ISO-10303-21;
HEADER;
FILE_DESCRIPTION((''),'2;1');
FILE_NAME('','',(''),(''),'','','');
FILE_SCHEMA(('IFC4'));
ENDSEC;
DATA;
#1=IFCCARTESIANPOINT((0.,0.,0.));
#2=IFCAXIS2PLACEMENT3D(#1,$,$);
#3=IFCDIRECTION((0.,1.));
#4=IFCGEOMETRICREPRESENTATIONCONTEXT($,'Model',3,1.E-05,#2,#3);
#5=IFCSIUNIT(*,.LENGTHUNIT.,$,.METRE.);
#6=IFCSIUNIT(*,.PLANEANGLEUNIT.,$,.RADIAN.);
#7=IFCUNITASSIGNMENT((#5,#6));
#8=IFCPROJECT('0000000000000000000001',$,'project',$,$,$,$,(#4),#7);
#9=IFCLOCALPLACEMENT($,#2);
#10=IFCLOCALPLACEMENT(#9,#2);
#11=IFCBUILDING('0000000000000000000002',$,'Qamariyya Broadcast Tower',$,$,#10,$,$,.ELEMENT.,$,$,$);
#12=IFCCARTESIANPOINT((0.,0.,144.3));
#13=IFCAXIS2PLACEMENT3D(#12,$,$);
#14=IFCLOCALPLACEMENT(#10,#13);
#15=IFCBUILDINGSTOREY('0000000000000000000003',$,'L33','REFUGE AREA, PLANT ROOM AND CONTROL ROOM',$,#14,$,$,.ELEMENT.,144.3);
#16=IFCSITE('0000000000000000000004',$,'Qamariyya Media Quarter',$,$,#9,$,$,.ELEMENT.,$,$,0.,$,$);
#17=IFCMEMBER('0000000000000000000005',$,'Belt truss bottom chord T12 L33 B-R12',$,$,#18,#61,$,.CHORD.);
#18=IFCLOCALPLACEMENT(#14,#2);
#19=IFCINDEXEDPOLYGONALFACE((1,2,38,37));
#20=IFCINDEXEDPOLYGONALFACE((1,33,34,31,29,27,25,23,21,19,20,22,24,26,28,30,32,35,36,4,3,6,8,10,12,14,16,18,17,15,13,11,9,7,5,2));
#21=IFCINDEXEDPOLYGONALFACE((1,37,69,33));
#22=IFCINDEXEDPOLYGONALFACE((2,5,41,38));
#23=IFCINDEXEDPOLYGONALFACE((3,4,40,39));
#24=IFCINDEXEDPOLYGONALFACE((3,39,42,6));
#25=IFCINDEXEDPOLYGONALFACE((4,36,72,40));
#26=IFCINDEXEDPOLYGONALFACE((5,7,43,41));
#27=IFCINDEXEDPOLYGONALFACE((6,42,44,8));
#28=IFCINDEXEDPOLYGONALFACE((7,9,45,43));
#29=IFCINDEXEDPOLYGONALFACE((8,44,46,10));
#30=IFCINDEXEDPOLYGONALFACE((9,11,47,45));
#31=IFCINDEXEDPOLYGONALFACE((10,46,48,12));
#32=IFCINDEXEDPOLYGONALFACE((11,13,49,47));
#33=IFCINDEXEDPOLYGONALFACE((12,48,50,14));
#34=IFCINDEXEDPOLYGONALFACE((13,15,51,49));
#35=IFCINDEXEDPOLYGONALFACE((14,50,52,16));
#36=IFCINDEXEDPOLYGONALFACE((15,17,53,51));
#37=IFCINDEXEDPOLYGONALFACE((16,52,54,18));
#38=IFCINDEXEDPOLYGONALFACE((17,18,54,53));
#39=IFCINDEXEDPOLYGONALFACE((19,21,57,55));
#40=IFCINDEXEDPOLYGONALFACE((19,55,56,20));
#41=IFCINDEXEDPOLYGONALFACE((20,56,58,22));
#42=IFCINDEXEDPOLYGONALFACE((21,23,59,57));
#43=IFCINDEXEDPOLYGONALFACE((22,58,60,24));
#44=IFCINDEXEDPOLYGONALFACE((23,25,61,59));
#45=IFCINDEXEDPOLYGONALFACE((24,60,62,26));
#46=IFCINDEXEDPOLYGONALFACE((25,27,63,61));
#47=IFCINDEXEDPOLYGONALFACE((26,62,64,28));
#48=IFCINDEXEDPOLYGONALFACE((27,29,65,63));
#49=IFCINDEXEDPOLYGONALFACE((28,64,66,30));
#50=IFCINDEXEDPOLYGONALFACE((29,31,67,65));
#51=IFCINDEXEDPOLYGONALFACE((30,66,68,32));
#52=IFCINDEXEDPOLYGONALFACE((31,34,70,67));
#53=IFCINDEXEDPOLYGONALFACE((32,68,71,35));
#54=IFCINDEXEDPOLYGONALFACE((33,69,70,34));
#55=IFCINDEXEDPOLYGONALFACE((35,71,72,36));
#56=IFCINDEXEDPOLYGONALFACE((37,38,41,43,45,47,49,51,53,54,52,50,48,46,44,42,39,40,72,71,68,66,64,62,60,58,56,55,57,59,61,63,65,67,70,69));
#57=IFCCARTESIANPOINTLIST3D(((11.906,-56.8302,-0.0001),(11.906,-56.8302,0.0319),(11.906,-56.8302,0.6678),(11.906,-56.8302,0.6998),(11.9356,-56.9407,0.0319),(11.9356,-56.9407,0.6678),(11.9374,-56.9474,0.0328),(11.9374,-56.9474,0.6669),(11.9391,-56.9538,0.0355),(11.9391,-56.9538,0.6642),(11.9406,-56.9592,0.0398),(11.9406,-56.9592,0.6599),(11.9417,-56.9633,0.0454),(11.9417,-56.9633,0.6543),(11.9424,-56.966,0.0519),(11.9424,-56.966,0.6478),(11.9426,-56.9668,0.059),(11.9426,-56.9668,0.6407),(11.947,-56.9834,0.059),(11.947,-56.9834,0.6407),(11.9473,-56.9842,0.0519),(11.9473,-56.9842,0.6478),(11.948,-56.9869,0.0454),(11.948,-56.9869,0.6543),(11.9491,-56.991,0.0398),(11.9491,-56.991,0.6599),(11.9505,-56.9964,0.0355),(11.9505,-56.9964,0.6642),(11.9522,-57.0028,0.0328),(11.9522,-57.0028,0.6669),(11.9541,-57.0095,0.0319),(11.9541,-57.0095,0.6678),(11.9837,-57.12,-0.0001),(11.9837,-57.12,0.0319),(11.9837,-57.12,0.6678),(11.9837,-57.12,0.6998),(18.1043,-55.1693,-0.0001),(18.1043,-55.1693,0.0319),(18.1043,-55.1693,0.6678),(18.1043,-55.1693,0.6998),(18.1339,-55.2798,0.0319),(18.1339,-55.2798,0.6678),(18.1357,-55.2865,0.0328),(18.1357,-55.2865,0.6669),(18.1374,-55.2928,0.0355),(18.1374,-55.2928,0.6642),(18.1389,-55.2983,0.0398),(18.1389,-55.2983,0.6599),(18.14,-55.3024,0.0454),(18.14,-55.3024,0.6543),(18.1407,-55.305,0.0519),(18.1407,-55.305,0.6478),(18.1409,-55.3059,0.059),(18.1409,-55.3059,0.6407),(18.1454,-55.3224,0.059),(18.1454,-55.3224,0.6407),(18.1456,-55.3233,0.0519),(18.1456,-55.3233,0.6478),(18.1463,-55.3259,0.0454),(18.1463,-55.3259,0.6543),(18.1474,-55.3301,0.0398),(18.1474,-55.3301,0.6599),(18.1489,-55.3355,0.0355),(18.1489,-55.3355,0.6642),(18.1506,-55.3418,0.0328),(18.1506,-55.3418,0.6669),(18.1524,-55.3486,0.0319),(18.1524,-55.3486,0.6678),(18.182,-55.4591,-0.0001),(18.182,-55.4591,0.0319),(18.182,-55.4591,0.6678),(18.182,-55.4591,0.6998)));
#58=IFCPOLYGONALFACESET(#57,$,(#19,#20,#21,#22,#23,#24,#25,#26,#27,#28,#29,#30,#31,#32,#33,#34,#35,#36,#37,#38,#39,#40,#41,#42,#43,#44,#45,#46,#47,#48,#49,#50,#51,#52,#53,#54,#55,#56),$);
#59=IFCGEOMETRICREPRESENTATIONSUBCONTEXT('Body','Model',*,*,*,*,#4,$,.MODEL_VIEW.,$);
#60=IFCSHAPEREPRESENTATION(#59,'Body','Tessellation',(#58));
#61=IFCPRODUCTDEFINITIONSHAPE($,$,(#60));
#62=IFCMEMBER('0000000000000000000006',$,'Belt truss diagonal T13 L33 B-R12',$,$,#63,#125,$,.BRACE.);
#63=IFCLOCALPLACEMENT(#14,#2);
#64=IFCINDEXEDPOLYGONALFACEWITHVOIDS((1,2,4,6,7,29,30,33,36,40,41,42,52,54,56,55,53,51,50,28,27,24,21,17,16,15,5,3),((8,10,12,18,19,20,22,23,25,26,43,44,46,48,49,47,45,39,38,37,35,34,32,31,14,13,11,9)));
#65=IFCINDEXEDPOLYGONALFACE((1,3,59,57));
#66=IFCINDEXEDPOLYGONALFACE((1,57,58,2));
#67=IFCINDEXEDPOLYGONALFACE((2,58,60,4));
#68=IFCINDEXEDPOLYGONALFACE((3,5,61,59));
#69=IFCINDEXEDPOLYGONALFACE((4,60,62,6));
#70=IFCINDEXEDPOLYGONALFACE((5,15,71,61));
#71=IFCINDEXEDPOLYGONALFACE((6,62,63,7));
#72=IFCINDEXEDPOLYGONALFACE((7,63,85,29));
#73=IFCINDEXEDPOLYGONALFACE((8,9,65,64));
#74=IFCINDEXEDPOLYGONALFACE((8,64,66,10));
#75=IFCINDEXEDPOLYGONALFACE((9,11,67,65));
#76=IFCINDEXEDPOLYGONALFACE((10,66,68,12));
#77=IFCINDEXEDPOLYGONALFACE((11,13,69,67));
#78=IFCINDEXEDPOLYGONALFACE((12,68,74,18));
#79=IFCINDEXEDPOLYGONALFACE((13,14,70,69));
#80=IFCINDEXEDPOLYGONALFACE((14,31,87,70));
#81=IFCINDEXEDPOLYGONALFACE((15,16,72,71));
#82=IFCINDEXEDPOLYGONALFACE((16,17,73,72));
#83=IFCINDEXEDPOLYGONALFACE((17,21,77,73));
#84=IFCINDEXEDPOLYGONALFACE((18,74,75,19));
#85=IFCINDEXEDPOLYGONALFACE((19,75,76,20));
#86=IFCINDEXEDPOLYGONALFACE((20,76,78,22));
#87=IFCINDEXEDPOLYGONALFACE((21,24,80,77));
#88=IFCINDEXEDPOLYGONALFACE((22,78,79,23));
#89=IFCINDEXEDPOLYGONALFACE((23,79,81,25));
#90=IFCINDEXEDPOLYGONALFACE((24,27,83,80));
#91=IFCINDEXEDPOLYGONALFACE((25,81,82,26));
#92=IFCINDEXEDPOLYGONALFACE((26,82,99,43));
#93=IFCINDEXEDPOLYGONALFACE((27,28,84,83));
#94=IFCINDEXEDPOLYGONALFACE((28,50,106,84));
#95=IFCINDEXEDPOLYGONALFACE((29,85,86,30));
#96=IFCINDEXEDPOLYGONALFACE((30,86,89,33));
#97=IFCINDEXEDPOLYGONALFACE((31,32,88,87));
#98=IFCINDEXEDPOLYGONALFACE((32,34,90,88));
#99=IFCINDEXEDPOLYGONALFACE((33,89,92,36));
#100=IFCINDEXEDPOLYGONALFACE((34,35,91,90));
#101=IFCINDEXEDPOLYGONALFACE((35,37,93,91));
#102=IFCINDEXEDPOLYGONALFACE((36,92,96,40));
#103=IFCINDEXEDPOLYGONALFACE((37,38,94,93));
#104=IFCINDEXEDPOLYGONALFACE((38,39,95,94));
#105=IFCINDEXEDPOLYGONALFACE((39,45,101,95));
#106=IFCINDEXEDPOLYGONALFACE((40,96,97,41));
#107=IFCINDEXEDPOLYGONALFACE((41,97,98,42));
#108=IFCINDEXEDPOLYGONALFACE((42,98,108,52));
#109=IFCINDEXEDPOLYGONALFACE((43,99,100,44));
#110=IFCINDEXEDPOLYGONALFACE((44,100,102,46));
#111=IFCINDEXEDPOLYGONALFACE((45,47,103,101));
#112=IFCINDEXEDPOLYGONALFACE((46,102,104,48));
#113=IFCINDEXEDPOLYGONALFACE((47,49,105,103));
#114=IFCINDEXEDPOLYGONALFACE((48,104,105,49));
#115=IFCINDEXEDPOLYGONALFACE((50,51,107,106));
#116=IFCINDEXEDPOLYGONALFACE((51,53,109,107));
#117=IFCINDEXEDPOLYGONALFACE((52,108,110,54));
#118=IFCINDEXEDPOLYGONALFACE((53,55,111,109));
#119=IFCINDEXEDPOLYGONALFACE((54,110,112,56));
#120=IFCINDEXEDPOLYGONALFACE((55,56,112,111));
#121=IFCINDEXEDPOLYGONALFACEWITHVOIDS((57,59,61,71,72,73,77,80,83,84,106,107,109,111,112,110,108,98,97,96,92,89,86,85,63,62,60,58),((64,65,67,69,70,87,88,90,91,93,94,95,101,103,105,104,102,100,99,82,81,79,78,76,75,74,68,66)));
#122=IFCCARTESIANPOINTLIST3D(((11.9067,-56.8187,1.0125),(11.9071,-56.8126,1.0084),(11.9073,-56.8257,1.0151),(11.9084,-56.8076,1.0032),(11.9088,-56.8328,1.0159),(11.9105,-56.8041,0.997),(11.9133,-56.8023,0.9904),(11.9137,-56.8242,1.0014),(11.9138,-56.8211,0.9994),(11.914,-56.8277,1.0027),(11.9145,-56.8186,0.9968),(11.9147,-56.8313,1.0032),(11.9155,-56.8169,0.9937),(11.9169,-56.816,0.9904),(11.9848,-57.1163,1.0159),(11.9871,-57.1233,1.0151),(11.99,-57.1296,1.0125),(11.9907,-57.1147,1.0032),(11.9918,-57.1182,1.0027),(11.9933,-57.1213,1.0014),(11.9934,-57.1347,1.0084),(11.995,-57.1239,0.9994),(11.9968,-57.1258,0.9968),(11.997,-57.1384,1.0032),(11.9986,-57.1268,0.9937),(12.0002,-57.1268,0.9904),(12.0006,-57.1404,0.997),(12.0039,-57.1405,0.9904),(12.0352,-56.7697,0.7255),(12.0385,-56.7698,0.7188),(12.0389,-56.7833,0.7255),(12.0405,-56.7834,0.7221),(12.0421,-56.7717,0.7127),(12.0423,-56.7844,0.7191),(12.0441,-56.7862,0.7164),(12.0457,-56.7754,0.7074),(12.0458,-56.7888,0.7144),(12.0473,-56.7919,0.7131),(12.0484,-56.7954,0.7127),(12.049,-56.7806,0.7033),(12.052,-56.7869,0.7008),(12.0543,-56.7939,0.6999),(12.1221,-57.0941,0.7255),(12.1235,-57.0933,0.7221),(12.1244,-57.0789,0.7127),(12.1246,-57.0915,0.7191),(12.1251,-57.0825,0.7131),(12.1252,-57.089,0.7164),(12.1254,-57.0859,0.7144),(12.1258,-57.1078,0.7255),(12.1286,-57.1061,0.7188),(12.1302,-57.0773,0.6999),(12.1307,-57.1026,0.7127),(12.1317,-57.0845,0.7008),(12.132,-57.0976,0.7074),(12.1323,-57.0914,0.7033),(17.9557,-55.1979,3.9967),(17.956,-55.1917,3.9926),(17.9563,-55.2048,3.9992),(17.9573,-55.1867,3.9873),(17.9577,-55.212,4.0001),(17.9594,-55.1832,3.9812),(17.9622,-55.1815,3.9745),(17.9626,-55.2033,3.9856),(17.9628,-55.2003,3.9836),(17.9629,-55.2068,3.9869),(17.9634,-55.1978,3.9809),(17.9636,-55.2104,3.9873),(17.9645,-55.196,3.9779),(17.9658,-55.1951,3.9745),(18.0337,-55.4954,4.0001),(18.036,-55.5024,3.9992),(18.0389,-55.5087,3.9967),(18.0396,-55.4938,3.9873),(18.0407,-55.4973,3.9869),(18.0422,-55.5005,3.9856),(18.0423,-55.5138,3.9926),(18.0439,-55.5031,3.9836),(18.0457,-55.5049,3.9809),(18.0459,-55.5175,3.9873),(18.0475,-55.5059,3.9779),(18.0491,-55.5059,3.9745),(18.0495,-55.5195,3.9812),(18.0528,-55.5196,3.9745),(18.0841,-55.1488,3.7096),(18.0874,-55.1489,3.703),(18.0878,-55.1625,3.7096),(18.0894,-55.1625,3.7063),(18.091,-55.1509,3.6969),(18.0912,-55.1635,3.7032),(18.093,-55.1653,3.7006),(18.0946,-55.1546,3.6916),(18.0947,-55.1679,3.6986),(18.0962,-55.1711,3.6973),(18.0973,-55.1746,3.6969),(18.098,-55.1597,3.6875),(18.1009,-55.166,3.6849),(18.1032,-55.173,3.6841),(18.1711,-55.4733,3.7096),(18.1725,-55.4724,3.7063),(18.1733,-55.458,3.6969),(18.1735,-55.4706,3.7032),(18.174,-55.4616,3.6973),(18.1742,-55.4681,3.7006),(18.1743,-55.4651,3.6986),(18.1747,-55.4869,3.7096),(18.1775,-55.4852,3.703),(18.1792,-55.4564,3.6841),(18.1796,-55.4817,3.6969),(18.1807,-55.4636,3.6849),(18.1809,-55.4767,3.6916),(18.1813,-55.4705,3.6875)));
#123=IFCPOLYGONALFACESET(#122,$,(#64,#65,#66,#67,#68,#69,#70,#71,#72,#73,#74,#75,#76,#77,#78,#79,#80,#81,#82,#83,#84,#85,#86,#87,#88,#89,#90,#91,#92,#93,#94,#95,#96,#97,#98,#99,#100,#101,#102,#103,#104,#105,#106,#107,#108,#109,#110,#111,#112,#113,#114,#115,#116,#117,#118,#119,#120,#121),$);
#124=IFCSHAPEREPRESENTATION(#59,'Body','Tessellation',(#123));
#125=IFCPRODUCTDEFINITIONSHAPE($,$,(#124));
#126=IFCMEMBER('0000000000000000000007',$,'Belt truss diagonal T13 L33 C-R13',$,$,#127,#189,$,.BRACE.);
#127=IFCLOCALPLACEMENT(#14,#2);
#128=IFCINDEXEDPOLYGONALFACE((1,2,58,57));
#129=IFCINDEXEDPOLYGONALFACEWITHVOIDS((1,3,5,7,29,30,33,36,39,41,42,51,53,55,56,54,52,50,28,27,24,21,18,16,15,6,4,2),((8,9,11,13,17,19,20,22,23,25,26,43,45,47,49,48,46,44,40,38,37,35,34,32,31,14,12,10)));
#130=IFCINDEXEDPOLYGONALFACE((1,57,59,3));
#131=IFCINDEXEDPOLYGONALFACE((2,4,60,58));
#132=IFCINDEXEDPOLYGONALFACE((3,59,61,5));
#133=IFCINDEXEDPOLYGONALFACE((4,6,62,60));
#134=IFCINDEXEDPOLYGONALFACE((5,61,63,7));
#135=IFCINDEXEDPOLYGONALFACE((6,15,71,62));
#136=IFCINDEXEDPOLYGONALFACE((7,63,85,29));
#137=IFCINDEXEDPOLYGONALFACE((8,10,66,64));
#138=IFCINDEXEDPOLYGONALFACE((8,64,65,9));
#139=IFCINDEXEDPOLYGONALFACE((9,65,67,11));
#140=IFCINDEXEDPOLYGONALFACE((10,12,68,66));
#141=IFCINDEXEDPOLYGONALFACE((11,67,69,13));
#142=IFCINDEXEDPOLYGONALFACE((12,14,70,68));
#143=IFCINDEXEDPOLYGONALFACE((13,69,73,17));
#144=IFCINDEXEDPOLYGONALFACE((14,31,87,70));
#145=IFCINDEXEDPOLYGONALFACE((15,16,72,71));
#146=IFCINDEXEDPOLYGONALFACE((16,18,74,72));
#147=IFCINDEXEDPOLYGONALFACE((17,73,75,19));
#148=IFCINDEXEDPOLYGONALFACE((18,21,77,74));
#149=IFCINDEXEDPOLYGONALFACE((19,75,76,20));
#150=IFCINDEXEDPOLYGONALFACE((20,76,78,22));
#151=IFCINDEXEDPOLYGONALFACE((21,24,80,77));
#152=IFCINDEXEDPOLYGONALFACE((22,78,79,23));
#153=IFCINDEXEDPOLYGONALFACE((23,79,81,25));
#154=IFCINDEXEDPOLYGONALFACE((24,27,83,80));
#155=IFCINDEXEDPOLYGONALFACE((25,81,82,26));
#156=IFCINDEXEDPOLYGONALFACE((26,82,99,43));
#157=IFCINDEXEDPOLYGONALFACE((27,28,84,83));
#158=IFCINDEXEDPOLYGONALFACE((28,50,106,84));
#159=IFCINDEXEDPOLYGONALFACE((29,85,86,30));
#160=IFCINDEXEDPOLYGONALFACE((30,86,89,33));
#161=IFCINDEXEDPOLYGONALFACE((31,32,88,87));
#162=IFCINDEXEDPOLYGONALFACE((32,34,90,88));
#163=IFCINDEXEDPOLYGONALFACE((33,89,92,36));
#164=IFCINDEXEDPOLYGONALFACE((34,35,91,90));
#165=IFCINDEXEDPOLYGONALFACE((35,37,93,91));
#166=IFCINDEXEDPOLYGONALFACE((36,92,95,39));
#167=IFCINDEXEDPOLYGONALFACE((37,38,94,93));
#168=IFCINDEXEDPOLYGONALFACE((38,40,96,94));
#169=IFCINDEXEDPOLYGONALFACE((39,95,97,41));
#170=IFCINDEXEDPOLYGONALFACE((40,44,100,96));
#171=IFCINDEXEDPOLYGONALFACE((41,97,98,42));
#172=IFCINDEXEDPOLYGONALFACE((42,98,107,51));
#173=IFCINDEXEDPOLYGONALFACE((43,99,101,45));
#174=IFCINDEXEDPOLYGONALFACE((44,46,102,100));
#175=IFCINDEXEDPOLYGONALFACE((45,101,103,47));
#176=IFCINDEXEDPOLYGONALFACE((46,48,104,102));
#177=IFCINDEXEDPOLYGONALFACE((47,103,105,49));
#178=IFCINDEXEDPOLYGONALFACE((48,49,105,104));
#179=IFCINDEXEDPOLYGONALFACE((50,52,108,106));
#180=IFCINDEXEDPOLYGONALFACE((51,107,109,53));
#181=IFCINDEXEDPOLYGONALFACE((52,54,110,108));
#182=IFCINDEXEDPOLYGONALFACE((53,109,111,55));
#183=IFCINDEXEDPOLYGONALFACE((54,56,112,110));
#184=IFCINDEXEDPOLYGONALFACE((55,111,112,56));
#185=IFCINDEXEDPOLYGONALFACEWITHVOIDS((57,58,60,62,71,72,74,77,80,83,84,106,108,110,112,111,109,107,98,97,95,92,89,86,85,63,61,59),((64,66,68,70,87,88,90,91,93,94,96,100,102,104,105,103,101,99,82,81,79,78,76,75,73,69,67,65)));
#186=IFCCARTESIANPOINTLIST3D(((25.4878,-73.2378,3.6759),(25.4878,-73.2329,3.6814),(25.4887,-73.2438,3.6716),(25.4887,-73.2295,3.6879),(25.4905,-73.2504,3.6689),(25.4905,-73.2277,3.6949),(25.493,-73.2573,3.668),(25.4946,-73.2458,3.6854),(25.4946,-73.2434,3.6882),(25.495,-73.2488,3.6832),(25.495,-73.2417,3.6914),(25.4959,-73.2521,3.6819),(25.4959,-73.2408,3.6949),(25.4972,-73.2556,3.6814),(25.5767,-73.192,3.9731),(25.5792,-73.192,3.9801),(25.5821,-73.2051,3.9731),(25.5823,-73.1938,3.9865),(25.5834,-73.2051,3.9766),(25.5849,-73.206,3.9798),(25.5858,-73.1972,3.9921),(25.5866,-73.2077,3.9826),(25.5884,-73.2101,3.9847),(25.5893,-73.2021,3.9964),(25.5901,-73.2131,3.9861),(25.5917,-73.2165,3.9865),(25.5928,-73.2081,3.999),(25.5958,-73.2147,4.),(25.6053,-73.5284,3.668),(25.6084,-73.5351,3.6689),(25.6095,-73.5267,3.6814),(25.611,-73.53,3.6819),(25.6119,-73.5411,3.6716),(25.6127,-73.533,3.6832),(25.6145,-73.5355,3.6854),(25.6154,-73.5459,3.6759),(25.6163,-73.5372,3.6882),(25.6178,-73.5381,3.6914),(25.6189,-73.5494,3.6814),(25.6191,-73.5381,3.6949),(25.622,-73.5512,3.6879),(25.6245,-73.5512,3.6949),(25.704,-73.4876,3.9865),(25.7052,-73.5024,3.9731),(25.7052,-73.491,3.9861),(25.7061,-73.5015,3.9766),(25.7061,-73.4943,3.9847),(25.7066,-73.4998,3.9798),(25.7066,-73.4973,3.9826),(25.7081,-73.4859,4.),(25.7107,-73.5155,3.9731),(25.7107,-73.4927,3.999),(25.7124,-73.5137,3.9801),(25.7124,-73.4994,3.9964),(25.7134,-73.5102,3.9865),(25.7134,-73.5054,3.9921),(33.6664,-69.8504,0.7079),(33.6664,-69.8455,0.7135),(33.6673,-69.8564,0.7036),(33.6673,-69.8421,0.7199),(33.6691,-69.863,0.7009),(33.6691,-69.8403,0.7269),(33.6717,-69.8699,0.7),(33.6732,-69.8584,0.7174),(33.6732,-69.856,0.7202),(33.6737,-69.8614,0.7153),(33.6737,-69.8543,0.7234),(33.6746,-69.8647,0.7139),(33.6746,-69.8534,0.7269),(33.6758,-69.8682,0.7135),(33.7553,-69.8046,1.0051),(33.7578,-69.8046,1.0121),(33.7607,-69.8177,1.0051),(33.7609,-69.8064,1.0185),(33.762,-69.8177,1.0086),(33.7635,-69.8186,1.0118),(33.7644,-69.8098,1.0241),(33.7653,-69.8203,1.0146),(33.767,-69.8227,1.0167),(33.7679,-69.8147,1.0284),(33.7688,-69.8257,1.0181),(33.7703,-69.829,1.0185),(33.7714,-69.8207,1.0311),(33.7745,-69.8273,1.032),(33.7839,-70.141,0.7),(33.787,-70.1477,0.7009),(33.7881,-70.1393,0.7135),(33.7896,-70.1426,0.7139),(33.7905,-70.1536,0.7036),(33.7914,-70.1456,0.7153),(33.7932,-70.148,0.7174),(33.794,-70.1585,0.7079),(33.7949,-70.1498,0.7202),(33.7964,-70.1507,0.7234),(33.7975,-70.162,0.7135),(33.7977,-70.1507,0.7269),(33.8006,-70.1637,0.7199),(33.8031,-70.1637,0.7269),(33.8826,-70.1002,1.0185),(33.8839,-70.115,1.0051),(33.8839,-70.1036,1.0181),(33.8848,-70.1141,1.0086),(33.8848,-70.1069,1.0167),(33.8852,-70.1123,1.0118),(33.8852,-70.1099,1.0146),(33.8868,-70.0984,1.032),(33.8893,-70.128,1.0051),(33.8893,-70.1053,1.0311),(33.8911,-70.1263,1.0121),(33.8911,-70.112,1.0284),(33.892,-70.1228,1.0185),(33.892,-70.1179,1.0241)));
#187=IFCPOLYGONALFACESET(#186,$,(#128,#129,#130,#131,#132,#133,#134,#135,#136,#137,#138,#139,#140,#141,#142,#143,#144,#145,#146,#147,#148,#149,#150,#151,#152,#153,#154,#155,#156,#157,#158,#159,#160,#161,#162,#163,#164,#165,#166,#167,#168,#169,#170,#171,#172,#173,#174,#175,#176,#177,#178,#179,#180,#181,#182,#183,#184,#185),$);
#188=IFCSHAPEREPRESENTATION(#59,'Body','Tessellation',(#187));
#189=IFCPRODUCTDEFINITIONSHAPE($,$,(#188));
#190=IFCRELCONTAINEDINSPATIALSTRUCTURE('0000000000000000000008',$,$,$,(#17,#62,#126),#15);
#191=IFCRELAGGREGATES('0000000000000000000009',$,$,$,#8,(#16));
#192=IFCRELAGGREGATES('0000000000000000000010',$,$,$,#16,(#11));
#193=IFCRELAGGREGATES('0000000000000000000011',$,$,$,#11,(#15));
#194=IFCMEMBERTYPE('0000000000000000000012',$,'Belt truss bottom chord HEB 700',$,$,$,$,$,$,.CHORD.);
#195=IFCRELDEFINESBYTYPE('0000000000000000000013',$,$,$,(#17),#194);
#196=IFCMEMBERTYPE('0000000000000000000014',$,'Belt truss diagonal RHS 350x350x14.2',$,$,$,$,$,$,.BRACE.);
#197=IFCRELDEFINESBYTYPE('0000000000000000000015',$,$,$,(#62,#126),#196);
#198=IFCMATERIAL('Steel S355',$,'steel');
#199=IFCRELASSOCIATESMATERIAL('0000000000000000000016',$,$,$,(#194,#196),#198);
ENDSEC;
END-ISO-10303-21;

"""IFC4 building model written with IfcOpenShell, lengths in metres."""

from ifc_helpers import new_model, si_unit, direction, frame, origin, origin_2d, place, context, subcontext, project, spatial, hollow_rectangle, i_section, extrude, material, material_profile, profile_set, type_object, element, save


model = new_model("IFC4")

# Units and contexts
model_context = context("Model", 3, precision=1e-05, world=origin(), true_north=direction((0.0, 1.0)))
body_context = subcontext(model_context, "Body", "Model", "MODEL_VIEW")
ifc_project = project(units=[si_unit("LENGTHUNIT", "METRE"), si_unit("PLANEANGLEUNIT", "RADIAN")], contexts=[model_context])

# Site, building, storey
site_placement = place(None, origin())
site = spatial("IfcSite", under=ifc_project, at=site_placement, Name="Qamariyya Media Quarter", CompositionType="ELEMENT", RefElevation=0.0)
building_placement = place(site_placement, origin())
building = spatial("IfcBuilding", under=site, at=building_placement, Name="Qamariyya Broadcast Tower", CompositionType="ELEMENT")
storey_placement = place(building_placement, frame((0.0, 0.0, 144.3)))
storey = spatial("IfcBuildingStorey", under=building, at=storey_placement, Name="L33", Description="REFUGE AREA, PLANT ROOM AND CONTROL ROOM", CompositionType="ELEMENT", Elevation=144.3)

# Members
ifc_material_1 = material(Name="Steel S355", Category="steel")
ifc_material_profile_1 = material_profile(ifc_material_1, i_section(OverallWidth=0.3, OverallDepth=0.7, WebThickness=0.0171, FlangeThickness=0.032, FilletRadius=0.0271, at=origin_2d()))
ifc_profile_set_1 = profile_set([ifc_material_profile_1], Name="Steel S355")
member_type_1 = type_object("IfcMemberType", Name="Belt truss bottom chord HEB 700", PredefinedType="CHORD", material=ifc_profile_set_1)
member_1_placement = place(storey_placement, frame((11.9448, -56.9751, 0.3499), z_axis=(0.965923, 0.25883, 0.0), x_axis=(-0.25883, 0.965923, 0.0)))
element("IfcMember", 1, at=member_1_placement, inside=storey, type_object=member_type_1, Name="Belt truss bottom chord T12 L33 B-R12", PredefinedType="CHORD", context=body_context, shape_type="SweptSolid", body=[
    extrude(i_section(OverallWidth=0.3, OverallDepth=0.7, WebThickness=0.0171, FlangeThickness=0.032, FilletRadius=0.0271, at=origin_2d()), origin(), (0.0, 0.0, 1.0), 6.417),
])
ifc_material_profile_2 = material_profile(ifc_material_1, hollow_rectangle(XDim=0.3501, YDim=0.3501, WallThickness=0.0142, InnerFilletRadius=0.0142, OuterFilletRadius=0.0283, at=origin_2d()))
ifc_profile_set_2 = profile_set([ifc_material_profile_2], Name="Steel S355")
member_type_2 = type_object("IfcMemberType", Name="Belt truss diagonal RHS 350x350x14.2", PredefinedType="BRACE", material=ifc_profile_set_2)
member_2_placement = place(storey_placement, frame((12.0195, -56.9551, 0.8579), z_axis=(0.871979, 0.233656, 0.430183), x_axis=(-0.25883, 0.965923, 0.0)))
element("IfcMember", 2, at=member_2_placement, inside=storey, type_object=member_type_2, Name="Belt truss diagonal T13 L33 B-R12", PredefinedType="BRACE", context=body_context, shape_type="SweptSolid", body=[
    extrude(hollow_rectangle(XDim=0.3501, YDim=0.3501, WallThickness=0.0142, InnerFilletRadius=0.0142, OuterFilletRadius=0.0283, at=origin_2d()), origin(), (0.0, 0.0, 1.0), 6.937),
])
member_3_placement = place(storey_placement, frame((25.6006, -73.3716, 3.834), z_axis=(0.875968, 0.362808, -0.317885), x_axis=(-0.382656, 0.923891, 0.0)))
element("IfcMember", 3, at=member_3_placement, inside=storey, type_object=member_type_2, Name="Belt truss diagonal T13 L33 C-R13", PredefinedType="BRACE", context=body_context, shape_type="SweptSolid", body=[
    extrude(hollow_rectangle(XDim=0.3501, YDim=0.3501, WallThickness=0.0142, InnerFilletRadius=0.0142, OuterFilletRadius=0.0283, at=origin_2d()), origin(), (0.0, 0.0, 1.0), 9.3367),
])

save(model, "model.ifc")
